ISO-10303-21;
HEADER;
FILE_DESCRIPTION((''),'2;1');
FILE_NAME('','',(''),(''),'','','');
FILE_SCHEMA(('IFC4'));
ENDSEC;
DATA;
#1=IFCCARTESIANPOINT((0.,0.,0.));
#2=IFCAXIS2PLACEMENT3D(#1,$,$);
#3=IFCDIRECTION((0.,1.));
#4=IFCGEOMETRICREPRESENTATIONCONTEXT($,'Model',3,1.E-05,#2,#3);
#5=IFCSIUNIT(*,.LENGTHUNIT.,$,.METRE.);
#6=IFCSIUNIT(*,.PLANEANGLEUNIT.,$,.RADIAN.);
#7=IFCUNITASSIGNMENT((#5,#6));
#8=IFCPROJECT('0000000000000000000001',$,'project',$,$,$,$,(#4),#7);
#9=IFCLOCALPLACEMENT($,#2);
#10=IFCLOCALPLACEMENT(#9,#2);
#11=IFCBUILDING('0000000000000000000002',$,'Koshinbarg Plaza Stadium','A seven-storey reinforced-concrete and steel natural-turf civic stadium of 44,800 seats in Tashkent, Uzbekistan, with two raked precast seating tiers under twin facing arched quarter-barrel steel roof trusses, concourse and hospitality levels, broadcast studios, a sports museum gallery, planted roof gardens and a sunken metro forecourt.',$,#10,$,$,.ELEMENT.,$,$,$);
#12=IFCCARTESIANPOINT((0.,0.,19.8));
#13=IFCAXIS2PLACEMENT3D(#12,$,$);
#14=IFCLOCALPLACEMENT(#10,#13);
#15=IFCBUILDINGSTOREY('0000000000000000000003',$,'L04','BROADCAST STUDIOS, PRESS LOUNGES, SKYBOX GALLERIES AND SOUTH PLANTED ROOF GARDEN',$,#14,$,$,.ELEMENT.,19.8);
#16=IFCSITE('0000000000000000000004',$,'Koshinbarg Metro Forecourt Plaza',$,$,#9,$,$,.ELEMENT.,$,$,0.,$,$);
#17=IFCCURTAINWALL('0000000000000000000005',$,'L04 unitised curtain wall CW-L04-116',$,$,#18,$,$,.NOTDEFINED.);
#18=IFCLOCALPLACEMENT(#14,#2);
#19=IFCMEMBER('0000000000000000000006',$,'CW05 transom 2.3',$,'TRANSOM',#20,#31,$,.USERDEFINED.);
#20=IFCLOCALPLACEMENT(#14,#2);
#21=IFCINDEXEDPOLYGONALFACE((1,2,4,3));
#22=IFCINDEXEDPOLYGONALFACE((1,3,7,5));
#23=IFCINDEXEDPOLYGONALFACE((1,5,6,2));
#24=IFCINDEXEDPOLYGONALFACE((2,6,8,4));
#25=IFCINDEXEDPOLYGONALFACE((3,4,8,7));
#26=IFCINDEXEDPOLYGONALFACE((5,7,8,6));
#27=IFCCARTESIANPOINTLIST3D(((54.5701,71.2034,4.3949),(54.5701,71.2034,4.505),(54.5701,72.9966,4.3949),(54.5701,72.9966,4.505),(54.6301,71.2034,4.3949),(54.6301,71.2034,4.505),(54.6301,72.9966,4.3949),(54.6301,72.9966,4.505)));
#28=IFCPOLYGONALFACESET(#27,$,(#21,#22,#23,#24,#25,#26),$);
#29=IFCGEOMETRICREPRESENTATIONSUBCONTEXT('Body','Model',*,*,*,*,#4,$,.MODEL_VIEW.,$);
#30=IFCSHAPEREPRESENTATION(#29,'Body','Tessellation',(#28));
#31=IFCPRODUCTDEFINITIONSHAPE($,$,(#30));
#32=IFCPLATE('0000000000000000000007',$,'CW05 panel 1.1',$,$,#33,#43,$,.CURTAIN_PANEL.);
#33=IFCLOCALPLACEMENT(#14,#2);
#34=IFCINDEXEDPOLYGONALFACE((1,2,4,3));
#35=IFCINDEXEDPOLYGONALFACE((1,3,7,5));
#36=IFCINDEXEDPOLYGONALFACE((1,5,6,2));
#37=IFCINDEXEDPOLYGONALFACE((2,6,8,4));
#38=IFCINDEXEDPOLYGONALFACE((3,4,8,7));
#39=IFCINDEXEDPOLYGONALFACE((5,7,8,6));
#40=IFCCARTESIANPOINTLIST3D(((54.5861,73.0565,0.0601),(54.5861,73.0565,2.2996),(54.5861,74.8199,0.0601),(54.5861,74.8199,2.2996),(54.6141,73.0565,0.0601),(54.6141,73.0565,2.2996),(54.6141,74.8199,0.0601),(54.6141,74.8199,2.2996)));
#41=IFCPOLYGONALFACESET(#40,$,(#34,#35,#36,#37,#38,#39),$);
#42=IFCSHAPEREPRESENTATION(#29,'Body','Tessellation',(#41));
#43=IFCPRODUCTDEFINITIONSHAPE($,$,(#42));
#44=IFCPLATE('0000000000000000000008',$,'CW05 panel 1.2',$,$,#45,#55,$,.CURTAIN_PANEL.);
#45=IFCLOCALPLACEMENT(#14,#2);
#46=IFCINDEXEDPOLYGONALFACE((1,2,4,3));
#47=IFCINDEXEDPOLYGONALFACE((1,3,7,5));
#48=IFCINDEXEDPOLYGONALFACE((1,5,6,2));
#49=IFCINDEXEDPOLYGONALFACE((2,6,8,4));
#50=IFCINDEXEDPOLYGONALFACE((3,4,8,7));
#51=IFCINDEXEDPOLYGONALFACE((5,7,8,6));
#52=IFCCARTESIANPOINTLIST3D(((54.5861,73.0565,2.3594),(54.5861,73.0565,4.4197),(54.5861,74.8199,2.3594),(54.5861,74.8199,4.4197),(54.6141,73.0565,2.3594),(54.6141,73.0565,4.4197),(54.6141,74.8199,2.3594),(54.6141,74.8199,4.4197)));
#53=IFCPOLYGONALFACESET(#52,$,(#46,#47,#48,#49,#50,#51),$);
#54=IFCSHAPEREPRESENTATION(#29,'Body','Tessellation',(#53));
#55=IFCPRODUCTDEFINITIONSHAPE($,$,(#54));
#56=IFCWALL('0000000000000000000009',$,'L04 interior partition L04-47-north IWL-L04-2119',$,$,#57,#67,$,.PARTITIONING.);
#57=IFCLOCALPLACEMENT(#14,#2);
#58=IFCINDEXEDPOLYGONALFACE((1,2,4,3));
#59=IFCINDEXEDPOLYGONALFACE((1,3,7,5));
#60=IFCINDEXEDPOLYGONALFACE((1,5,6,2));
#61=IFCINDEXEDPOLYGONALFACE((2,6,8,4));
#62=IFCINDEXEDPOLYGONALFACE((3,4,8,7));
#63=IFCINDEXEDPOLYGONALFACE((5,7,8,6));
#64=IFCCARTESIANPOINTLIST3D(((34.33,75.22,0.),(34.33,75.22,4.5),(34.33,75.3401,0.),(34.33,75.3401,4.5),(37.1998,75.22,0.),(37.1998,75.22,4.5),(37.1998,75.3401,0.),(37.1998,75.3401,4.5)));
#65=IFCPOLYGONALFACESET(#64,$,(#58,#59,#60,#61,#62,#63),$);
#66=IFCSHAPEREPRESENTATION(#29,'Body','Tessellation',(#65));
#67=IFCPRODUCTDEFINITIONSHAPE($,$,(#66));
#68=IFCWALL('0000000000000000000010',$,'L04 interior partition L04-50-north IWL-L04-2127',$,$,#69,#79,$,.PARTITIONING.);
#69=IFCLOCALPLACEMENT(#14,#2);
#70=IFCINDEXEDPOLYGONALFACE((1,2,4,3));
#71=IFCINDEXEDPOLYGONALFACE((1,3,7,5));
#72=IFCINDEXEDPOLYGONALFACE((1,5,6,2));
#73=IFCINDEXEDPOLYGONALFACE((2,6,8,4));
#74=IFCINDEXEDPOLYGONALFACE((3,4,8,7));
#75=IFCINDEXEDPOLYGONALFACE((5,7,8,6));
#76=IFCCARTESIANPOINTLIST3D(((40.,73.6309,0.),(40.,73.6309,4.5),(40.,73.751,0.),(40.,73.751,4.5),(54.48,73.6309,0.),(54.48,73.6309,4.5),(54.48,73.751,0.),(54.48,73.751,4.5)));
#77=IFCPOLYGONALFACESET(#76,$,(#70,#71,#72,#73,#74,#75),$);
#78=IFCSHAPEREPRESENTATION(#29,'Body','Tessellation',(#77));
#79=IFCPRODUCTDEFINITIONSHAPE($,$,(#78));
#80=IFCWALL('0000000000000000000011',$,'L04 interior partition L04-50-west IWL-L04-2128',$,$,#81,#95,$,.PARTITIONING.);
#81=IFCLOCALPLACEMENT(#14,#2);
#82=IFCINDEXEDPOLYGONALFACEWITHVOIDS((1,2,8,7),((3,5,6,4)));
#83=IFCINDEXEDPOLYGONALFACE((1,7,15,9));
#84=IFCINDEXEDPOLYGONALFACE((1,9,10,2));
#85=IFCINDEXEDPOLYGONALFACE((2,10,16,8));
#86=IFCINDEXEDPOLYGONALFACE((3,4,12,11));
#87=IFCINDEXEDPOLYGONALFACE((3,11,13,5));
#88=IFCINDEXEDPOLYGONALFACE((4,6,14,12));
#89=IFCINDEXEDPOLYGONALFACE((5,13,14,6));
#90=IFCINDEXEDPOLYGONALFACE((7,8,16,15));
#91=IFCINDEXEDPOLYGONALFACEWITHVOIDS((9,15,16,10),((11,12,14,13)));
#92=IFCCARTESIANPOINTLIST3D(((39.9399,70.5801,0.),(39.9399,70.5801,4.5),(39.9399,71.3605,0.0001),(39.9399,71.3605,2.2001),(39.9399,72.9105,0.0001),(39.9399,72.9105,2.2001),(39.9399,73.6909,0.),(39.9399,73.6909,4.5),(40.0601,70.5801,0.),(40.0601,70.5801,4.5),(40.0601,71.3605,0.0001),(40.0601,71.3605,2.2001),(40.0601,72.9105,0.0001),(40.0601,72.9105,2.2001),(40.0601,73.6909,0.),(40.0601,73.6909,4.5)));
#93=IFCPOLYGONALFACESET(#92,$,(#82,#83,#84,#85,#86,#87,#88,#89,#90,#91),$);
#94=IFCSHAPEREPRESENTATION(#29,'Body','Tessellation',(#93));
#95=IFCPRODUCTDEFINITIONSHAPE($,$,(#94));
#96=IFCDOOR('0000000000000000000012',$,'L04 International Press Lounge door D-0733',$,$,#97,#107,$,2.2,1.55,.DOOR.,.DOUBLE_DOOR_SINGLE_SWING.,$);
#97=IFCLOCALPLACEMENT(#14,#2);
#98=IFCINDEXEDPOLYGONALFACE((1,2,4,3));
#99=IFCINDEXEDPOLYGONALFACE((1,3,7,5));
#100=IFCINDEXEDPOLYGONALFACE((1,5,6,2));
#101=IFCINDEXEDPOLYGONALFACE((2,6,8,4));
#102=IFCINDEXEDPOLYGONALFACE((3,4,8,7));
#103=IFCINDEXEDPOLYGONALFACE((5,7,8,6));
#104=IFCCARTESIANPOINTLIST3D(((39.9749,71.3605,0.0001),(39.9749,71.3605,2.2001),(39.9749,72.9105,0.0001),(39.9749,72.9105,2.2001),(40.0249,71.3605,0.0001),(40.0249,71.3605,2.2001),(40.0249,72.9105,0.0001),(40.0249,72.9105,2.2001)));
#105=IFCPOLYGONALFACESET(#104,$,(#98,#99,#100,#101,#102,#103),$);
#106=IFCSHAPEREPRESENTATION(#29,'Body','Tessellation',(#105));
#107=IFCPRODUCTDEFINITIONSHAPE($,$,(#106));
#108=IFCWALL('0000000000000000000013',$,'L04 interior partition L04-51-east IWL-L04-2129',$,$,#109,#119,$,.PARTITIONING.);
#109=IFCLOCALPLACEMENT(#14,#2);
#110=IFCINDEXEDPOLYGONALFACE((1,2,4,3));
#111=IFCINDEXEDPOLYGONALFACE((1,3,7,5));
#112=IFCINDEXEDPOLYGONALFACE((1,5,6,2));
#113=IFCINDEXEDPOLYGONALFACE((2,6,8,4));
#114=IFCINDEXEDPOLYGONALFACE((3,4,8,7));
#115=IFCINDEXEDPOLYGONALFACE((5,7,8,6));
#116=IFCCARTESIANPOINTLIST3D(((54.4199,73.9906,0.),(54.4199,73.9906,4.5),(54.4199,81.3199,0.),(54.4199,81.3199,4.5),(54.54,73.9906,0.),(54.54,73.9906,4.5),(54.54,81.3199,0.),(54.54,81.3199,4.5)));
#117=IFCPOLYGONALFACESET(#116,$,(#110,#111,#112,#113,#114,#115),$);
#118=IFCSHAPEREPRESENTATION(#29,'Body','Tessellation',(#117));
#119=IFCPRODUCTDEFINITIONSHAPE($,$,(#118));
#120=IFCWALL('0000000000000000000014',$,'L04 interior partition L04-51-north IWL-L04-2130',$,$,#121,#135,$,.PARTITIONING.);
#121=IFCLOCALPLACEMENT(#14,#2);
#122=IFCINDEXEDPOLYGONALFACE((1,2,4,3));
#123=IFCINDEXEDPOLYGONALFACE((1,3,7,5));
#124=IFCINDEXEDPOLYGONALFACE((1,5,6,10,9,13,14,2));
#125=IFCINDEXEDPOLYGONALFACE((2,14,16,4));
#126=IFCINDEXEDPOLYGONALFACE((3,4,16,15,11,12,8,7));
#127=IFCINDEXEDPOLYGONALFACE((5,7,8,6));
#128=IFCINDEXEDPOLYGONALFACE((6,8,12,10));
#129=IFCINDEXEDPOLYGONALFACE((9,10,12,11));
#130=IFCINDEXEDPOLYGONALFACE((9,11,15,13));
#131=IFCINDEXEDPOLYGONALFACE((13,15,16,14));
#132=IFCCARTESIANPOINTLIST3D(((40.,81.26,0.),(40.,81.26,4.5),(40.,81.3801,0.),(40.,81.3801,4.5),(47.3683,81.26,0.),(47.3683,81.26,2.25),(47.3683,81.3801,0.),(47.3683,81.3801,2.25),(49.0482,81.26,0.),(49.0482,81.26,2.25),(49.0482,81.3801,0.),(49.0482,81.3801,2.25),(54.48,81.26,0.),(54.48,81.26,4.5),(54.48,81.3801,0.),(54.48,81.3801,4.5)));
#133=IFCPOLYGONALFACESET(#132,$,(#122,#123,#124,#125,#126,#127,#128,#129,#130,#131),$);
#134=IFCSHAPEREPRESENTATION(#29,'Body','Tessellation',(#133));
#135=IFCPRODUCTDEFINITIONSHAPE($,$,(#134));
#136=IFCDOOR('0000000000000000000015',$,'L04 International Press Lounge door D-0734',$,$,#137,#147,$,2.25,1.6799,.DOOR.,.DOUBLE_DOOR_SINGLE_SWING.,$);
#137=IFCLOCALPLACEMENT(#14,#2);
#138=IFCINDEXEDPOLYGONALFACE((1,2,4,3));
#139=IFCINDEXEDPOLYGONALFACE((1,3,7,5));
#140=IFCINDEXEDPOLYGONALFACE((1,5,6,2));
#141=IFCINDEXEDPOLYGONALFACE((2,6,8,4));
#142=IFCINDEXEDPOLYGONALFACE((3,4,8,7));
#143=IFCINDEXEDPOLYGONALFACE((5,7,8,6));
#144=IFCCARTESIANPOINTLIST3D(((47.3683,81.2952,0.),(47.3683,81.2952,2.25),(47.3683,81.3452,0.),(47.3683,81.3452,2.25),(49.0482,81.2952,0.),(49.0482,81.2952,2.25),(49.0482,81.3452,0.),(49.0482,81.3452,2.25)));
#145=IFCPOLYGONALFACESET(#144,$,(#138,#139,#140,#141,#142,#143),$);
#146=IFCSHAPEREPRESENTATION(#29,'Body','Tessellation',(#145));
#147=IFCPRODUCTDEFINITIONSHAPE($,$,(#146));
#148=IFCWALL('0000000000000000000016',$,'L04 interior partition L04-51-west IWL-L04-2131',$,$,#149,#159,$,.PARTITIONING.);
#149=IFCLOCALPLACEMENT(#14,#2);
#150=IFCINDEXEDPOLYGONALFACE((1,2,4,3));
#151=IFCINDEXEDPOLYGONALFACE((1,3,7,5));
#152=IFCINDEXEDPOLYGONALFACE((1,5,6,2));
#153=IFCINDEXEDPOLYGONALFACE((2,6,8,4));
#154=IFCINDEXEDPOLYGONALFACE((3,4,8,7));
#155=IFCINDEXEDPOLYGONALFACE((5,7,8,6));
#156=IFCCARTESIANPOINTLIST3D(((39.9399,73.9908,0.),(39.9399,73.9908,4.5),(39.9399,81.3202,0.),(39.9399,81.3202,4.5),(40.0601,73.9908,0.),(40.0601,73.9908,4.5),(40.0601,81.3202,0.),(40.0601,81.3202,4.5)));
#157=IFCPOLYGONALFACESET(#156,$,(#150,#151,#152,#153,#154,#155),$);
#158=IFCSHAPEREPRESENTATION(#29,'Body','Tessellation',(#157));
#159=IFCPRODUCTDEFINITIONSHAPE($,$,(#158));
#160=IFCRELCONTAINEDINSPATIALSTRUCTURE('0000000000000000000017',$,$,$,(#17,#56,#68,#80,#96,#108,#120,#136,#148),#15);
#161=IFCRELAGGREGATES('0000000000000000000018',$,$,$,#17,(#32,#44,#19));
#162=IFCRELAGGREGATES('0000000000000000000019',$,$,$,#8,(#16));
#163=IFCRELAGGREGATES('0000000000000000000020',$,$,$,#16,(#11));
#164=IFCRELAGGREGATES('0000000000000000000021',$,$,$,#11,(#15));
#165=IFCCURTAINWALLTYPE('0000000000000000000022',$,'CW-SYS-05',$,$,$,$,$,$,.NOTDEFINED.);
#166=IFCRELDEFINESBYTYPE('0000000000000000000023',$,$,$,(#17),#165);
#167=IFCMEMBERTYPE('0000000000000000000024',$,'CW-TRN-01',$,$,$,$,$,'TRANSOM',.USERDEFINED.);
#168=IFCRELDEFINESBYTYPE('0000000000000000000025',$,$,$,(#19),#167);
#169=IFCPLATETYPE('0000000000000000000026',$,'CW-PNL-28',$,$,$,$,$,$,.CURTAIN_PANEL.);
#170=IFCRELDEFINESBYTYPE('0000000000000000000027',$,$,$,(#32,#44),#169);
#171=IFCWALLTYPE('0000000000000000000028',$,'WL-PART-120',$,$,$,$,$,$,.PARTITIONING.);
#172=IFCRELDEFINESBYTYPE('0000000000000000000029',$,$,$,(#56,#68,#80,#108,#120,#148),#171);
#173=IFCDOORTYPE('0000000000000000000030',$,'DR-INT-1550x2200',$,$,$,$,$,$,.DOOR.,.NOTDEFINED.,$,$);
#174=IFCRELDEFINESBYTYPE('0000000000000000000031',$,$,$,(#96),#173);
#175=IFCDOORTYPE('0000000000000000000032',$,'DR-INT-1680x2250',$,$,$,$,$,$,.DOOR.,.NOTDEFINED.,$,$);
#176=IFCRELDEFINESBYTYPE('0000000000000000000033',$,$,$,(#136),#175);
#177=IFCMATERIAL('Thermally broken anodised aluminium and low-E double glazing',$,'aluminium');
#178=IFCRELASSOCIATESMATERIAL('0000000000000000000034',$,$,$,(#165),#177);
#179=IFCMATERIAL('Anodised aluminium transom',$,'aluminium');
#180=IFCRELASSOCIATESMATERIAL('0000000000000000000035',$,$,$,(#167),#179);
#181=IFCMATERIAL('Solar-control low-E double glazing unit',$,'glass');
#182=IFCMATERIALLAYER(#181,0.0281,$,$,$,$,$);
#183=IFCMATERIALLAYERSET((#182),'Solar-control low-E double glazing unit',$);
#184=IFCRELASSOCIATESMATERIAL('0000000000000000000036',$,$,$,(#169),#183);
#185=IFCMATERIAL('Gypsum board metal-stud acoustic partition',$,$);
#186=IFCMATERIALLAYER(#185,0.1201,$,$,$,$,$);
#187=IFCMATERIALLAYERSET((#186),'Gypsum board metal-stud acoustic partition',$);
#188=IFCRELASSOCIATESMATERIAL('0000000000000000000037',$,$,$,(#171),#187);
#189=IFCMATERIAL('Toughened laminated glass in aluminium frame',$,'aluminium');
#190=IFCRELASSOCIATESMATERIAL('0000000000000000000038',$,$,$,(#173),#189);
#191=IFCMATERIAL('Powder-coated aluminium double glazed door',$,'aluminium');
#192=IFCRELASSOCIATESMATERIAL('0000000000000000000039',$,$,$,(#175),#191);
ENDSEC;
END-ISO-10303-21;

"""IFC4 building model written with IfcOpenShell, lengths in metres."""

from ifc_helpers import new_model, si_unit, direction, frame, frame_2d, origin, origin_2d, place, context, subcontext, project, spatial, rectangle, extrude, material, layer, layer_set, material_profile, profile_set, type_object, element, fill, aggregate, save


model = new_model("IFC4")

# Units and contexts
model_context = context("Model", 3, precision=1e-05, world=origin(), true_north=direction((0.0, 1.0)))
body_context = subcontext(model_context, "Body", "Model", "MODEL_VIEW")
ifc_project = project(units=[si_unit("LENGTHUNIT", "METRE"), si_unit("PLANEANGLEUNIT", "RADIAN")], contexts=[model_context])

# Site, building, storey
site_placement = place(None, origin())
site = spatial("IfcSite", under=ifc_project, at=site_placement, Name="Koshinbarg Metro Forecourt Plaza", CompositionType="ELEMENT", RefElevation=0.0)
building_placement = place(site_placement, origin())
building = spatial("IfcBuilding", under=site, at=building_placement, Name="Koshinbarg Plaza Stadium", Description="A seven-storey reinforced-concrete and steel natural-turf civic stadium of 44,800 seats in Tashkent, Uzbekistan, with two raked precast seating tiers under twin facing arched quarter-barrel steel roof trusses, concourse and hospitality levels, broadcast studios, a sports museum gallery, planted roof gardens and a sunken metro forecourt.", CompositionType="ELEMENT")
storey_placement = place(building_placement, frame((0.0, 0.0, 19.8)))
storey = spatial("IfcBuildingStorey", under=building, at=storey_placement, Name="L04", Description="BROADCAST STUDIOS, PRESS LOUNGES, SKYBOX GALLERIES AND SOUTH PLANTED ROOF GARDEN", CompositionType="ELEMENT", Elevation=19.8)

# Curtain wall, member, plates
ifc_material_1 = material(Name="Thermally broken anodised aluminium and low-E double glazing", Category="aluminium")
curtain_wall_type = type_object("IfcCurtainWallType", Name="CW-SYS-05", PredefinedType="NOTDEFINED", material=ifc_material_1)
curtain_wall_placement = place(storey_placement, origin())
curtain_wall = element("IfcCurtainWall", 1, at=curtain_wall_placement, inside=storey, type_object=curtain_wall_type, Name="L04 unitised curtain wall CW-L04-116", PredefinedType="NOTDEFINED")
ifc_material_2 = material(Name="Anodised aluminium transom", Category="aluminium")
ifc_material_profile_1 = material_profile(ifc_material_2, rectangle(XDim=0.0601, YDim=0.1101, at=origin_2d()), Name="ALU 60x110")
ifc_profile_set_1 = profile_set([ifc_material_profile_1], Name="Anodised aluminium transom")
member_type_1 = type_object("IfcMemberType", Name="CW-TRN-01", ElementType="TRANSOM", PredefinedType="USERDEFINED", material=ifc_profile_set_1)
member_1_placement = place(storey_placement, frame((54.6001, 72.9966, 4.45), z_axis=(0.0, -1.0, 0.0), x_axis=(1.0, 0.0, 0.0)))
member_1 = element("IfcMember", 2, at=member_1_placement, type_object=member_type_1, Name="CW05 transom 2.3", ObjectType="TRANSOM", PredefinedType="USERDEFINED", context=body_context, shape_type="SweptSolid", body=[
    extrude(rectangle(XDim=0.0601, YDim=0.1101, at=origin_2d()), origin(), (0.0, 0.0, 1.0), 1.7932),
])
ifc_material_3 = material(Name="Solar-control low-E double glazing unit", Category="glass")
ifc_layer_1 = layer(ifc_material_3, 0.0281)
ifc_layer_set_1 = layer_set([ifc_layer_1], Name="Solar-control low-E double glazing unit")
plate_type = type_object("IfcPlateType", Name="CW-PNL-28", PredefinedType="CURTAIN_PANEL", material=ifc_layer_set_1)
plate_1_placement = place(storey_placement, frame((54.6001, 73.9382, 0.0601), z_axis=(0.0, 0.0, 1.0), x_axis=(0.0, -1.0, 0.0)))
plate_1 = element("IfcPlate", 3, at=plate_1_placement, type_object=plate_type, Name="CW05 panel 1.1", PredefinedType="CURTAIN_PANEL", context=body_context, shape_type="SweptSolid", body=[
    extrude(rectangle(XDim=1.7634, YDim=0.0281, at=origin_2d()), origin(), (0.0, 0.0, 1.0), 2.2395),
])
plate_2_placement = place(storey_placement, frame((54.6001, 73.9382, 2.3594), z_axis=(0.0, 0.0, 1.0), x_axis=(0.0, -1.0, 0.0)))
plate_2 = element("IfcPlate", 4, at=plate_2_placement, type_object=plate_type, Name="CW05 panel 1.2", PredefinedType="CURTAIN_PANEL", context=body_context, shape_type="SweptSolid", body=[
    extrude(rectangle(XDim=1.7634, YDim=0.0281, at=origin_2d()), origin(), (0.0, 0.0, 1.0), 2.0603),
])
aggregate(curtain_wall, [plate_1, plate_2, member_1])

# Walls
ifc_material_4 = material(Name="Gypsum board metal-stud acoustic partition")
ifc_layer_2 = layer(ifc_material_4, 0.1201)
ifc_layer_set_2 = layer_set([ifc_layer_2], Name="Gypsum board metal-stud acoustic partition")
wall_type_1 = type_object("IfcWallType", Name="WL-PART-120", PredefinedType="PARTITIONING", material=ifc_layer_set_2)
wall_1_placement = place(storey_placement, frame((37.2, 75.28, 0.0), z_axis=(0.0, 0.0, 1.0), x_axis=(-1.0, 0.0, 0.0)))
element("IfcWall", 5, at=wall_1_placement, inside=storey, type_object=wall_type_1, Name="L04 interior partition L04-47-north IWL-L04-2119", PredefinedType="PARTITIONING", context=body_context, shape_type="SweptSolid", body=[
    extrude(rectangle(XDim=2.8699, YDim=0.1201, at=frame_2d((1.4351, 0.0))), origin(), (0.0, 0.0, 1.0), 4.5),
])
wall_2_placement = place(storey_placement, frame((54.48, 73.6909, 0.0), z_axis=(0.0, 0.0, 1.0), x_axis=(-1.0, 0.0, 0.0)))
element("IfcWall", 6, at=wall_2_placement, inside=storey, type_object=wall_type_1, Name="L04 interior partition L04-50-north IWL-L04-2127", PredefinedType="PARTITIONING", context=body_context, shape_type="SweptSolid", body=[
    extrude(rectangle(XDim=14.48, YDim=0.1201, at=frame_2d((7.24, 0.0))), origin(), (0.0, 0.0, 1.0), 4.5),
])

# Wall, opening, door
wall_3_placement = place(storey_placement, frame((40.0, 73.6909, 0.0), z_axis=(0.0, 0.0, 1.0), x_axis=(0.0, -1.0, 0.0)))
wall_3 = element("IfcWall", 7, at=wall_3_placement, inside=storey, type_object=wall_type_1, Name="L04 interior partition L04-50-west IWL-L04-2128", PredefinedType="PARTITIONING", context=body_context, shape_type="SweptSolid", body=[
    extrude(rectangle(XDim=3.1108, YDim=0.1201, at=frame_2d((1.5554, 0.0))), origin(), (0.0, 0.0, 1.0), 4.5),
])
opening_1_placement = place(wall_3_placement, frame((0.7805, 0.0, 0.0)))
opening_1 = element("IfcOpeningElement", 8, at=opening_1_placement, cuts=wall_3, PredefinedType="OPENING", context=body_context, shape_type="SweptSolid", body=[
    extrude(rectangle(XDim=1.55, YDim=2.2, at=frame_2d((0.7749, 1.1001))), frame((0.0, 0.0701, 0.0), z_axis=(0.0, -1.0, 0.0), x_axis=(1.0, 0.0, 0.0)), (0.0, 0.0, 1.0), 0.1401),
])
ifc_material_5 = material(Name="Toughened laminated glass in aluminium frame", Category="aluminium")
door_type_1 = type_object("IfcDoorType", Name="DR-INT-1550x2200", OperationType="NOTDEFINED", PredefinedType="DOOR", material=ifc_material_5)
door_1_placement = place(opening_1_placement, origin())
door_1 = element("IfcDoor", 9, at=door_1_placement, inside=storey, type_object=door_type_1, Name="L04 International Press Lounge door D-0733", OperationType="DOUBLE_DOOR_SINGLE_SWING", OverallHeight=2.2, OverallWidth=1.55, PredefinedType="DOOR", context=body_context, shape_type="SweptSolid", body=[
    extrude(rectangle(XDim=1.55, YDim=2.2, at=frame_2d((0.7749, 1.1001))), frame((0.0, 0.0249, 0.0), z_axis=(0.0, -1.0, 0.0), x_axis=(1.0, 0.0, 0.0)), (0.0, 0.0, 1.0), 0.05),
])
fill(opening_1, door_1)

# Wall
wall_4_placement = place(storey_placement, frame((54.48, 73.9907, 0.0), z_axis=(0.0, 0.0, 1.0), x_axis=(0.0, 1.0, 0.0)))
element("IfcWall", 10, at=wall_4_placement, inside=storey, type_object=wall_type_1, Name="L04 interior partition L04-51-east IWL-L04-2129", PredefinedType="PARTITIONING", context=body_context, shape_type="SweptSolid", body=[
    extrude(rectangle(XDim=7.3293, YDim=0.1201, at=frame_2d((3.6646, 0.0))), origin(), (0.0, 0.0, 1.0), 4.5),
])

# Wall, opening, door
wall_5_placement = place(storey_placement, frame((54.48, 81.3201, 0.0), z_axis=(0.0, 0.0, 1.0), x_axis=(-1.0, 0.0, 0.0)))
wall_5 = element("IfcWall", 11, at=wall_5_placement, inside=storey, type_object=wall_type_1, Name="L04 interior partition L04-51-north IWL-L04-2130", PredefinedType="PARTITIONING", context=body_context, shape_type="SweptSolid", body=[
    extrude(rectangle(XDim=14.48, YDim=0.1201, at=frame_2d((7.24, 0.0))), origin(), (0.0, 0.0, 1.0), 4.5),
])
opening_2_placement = place(wall_5_placement, frame((5.4319, 0.0, 0.0)))
opening_2 = element("IfcOpeningElement", 12, at=opening_2_placement, cuts=wall_5, PredefinedType="OPENING", context=body_context, shape_type="SweptSolid", body=[
    extrude(rectangle(XDim=1.6799, YDim=2.25, at=frame_2d((0.8398, 1.125))), frame((0.0, 0.0701, 0.0), z_axis=(0.0, -1.0, 0.0), x_axis=(1.0, 0.0, 0.0)), (0.0, 0.0, 1.0), 0.1401),
])
ifc_material_6 = material(Name="Powder-coated aluminium double glazed door", Category="aluminium")
door_type_2 = type_object("IfcDoorType", Name="DR-INT-1680x2250", OperationType="NOTDEFINED", PredefinedType="DOOR", material=ifc_material_6)
door_2_placement = place(opening_2_placement, origin())
door_2 = element("IfcDoor", 13, at=door_2_placement, inside=storey, type_object=door_type_2, Name="L04 International Press Lounge door D-0734", OperationType="DOUBLE_DOOR_SINGLE_SWING", OverallHeight=2.25, OverallWidth=1.6799, PredefinedType="DOOR", context=body_context, shape_type="SweptSolid", body=[
    extrude(rectangle(XDim=1.6799, YDim=2.25, at=frame_2d((0.8398, 1.125))), frame((0.0, 0.0249, 0.0), z_axis=(0.0, -1.0, 0.0), x_axis=(1.0, 0.0, 0.0)), (0.0, 0.0, 1.0), 0.05),
])
fill(opening_2, door_2)

# Wall
wall_6_placement = place(storey_placement, frame((40.0, 81.3201, 0.0), z_axis=(0.0, 0.0, 1.0), x_axis=(0.0, -1.0, 0.0)))
element("IfcWall", 14, at=wall_6_placement, inside=storey, type_object=wall_type_1, Name="L04 interior partition L04-51-west IWL-L04-2131", PredefinedType="PARTITIONING", context=body_context, shape_type="SweptSolid", body=[
    extrude(rectangle(XDim=7.3293, YDim=0.1201, at=frame_2d((3.6646, 0.0))), origin(), (0.0, 0.0, 1.0), 4.5),
])

save(model, "model.ifc")
